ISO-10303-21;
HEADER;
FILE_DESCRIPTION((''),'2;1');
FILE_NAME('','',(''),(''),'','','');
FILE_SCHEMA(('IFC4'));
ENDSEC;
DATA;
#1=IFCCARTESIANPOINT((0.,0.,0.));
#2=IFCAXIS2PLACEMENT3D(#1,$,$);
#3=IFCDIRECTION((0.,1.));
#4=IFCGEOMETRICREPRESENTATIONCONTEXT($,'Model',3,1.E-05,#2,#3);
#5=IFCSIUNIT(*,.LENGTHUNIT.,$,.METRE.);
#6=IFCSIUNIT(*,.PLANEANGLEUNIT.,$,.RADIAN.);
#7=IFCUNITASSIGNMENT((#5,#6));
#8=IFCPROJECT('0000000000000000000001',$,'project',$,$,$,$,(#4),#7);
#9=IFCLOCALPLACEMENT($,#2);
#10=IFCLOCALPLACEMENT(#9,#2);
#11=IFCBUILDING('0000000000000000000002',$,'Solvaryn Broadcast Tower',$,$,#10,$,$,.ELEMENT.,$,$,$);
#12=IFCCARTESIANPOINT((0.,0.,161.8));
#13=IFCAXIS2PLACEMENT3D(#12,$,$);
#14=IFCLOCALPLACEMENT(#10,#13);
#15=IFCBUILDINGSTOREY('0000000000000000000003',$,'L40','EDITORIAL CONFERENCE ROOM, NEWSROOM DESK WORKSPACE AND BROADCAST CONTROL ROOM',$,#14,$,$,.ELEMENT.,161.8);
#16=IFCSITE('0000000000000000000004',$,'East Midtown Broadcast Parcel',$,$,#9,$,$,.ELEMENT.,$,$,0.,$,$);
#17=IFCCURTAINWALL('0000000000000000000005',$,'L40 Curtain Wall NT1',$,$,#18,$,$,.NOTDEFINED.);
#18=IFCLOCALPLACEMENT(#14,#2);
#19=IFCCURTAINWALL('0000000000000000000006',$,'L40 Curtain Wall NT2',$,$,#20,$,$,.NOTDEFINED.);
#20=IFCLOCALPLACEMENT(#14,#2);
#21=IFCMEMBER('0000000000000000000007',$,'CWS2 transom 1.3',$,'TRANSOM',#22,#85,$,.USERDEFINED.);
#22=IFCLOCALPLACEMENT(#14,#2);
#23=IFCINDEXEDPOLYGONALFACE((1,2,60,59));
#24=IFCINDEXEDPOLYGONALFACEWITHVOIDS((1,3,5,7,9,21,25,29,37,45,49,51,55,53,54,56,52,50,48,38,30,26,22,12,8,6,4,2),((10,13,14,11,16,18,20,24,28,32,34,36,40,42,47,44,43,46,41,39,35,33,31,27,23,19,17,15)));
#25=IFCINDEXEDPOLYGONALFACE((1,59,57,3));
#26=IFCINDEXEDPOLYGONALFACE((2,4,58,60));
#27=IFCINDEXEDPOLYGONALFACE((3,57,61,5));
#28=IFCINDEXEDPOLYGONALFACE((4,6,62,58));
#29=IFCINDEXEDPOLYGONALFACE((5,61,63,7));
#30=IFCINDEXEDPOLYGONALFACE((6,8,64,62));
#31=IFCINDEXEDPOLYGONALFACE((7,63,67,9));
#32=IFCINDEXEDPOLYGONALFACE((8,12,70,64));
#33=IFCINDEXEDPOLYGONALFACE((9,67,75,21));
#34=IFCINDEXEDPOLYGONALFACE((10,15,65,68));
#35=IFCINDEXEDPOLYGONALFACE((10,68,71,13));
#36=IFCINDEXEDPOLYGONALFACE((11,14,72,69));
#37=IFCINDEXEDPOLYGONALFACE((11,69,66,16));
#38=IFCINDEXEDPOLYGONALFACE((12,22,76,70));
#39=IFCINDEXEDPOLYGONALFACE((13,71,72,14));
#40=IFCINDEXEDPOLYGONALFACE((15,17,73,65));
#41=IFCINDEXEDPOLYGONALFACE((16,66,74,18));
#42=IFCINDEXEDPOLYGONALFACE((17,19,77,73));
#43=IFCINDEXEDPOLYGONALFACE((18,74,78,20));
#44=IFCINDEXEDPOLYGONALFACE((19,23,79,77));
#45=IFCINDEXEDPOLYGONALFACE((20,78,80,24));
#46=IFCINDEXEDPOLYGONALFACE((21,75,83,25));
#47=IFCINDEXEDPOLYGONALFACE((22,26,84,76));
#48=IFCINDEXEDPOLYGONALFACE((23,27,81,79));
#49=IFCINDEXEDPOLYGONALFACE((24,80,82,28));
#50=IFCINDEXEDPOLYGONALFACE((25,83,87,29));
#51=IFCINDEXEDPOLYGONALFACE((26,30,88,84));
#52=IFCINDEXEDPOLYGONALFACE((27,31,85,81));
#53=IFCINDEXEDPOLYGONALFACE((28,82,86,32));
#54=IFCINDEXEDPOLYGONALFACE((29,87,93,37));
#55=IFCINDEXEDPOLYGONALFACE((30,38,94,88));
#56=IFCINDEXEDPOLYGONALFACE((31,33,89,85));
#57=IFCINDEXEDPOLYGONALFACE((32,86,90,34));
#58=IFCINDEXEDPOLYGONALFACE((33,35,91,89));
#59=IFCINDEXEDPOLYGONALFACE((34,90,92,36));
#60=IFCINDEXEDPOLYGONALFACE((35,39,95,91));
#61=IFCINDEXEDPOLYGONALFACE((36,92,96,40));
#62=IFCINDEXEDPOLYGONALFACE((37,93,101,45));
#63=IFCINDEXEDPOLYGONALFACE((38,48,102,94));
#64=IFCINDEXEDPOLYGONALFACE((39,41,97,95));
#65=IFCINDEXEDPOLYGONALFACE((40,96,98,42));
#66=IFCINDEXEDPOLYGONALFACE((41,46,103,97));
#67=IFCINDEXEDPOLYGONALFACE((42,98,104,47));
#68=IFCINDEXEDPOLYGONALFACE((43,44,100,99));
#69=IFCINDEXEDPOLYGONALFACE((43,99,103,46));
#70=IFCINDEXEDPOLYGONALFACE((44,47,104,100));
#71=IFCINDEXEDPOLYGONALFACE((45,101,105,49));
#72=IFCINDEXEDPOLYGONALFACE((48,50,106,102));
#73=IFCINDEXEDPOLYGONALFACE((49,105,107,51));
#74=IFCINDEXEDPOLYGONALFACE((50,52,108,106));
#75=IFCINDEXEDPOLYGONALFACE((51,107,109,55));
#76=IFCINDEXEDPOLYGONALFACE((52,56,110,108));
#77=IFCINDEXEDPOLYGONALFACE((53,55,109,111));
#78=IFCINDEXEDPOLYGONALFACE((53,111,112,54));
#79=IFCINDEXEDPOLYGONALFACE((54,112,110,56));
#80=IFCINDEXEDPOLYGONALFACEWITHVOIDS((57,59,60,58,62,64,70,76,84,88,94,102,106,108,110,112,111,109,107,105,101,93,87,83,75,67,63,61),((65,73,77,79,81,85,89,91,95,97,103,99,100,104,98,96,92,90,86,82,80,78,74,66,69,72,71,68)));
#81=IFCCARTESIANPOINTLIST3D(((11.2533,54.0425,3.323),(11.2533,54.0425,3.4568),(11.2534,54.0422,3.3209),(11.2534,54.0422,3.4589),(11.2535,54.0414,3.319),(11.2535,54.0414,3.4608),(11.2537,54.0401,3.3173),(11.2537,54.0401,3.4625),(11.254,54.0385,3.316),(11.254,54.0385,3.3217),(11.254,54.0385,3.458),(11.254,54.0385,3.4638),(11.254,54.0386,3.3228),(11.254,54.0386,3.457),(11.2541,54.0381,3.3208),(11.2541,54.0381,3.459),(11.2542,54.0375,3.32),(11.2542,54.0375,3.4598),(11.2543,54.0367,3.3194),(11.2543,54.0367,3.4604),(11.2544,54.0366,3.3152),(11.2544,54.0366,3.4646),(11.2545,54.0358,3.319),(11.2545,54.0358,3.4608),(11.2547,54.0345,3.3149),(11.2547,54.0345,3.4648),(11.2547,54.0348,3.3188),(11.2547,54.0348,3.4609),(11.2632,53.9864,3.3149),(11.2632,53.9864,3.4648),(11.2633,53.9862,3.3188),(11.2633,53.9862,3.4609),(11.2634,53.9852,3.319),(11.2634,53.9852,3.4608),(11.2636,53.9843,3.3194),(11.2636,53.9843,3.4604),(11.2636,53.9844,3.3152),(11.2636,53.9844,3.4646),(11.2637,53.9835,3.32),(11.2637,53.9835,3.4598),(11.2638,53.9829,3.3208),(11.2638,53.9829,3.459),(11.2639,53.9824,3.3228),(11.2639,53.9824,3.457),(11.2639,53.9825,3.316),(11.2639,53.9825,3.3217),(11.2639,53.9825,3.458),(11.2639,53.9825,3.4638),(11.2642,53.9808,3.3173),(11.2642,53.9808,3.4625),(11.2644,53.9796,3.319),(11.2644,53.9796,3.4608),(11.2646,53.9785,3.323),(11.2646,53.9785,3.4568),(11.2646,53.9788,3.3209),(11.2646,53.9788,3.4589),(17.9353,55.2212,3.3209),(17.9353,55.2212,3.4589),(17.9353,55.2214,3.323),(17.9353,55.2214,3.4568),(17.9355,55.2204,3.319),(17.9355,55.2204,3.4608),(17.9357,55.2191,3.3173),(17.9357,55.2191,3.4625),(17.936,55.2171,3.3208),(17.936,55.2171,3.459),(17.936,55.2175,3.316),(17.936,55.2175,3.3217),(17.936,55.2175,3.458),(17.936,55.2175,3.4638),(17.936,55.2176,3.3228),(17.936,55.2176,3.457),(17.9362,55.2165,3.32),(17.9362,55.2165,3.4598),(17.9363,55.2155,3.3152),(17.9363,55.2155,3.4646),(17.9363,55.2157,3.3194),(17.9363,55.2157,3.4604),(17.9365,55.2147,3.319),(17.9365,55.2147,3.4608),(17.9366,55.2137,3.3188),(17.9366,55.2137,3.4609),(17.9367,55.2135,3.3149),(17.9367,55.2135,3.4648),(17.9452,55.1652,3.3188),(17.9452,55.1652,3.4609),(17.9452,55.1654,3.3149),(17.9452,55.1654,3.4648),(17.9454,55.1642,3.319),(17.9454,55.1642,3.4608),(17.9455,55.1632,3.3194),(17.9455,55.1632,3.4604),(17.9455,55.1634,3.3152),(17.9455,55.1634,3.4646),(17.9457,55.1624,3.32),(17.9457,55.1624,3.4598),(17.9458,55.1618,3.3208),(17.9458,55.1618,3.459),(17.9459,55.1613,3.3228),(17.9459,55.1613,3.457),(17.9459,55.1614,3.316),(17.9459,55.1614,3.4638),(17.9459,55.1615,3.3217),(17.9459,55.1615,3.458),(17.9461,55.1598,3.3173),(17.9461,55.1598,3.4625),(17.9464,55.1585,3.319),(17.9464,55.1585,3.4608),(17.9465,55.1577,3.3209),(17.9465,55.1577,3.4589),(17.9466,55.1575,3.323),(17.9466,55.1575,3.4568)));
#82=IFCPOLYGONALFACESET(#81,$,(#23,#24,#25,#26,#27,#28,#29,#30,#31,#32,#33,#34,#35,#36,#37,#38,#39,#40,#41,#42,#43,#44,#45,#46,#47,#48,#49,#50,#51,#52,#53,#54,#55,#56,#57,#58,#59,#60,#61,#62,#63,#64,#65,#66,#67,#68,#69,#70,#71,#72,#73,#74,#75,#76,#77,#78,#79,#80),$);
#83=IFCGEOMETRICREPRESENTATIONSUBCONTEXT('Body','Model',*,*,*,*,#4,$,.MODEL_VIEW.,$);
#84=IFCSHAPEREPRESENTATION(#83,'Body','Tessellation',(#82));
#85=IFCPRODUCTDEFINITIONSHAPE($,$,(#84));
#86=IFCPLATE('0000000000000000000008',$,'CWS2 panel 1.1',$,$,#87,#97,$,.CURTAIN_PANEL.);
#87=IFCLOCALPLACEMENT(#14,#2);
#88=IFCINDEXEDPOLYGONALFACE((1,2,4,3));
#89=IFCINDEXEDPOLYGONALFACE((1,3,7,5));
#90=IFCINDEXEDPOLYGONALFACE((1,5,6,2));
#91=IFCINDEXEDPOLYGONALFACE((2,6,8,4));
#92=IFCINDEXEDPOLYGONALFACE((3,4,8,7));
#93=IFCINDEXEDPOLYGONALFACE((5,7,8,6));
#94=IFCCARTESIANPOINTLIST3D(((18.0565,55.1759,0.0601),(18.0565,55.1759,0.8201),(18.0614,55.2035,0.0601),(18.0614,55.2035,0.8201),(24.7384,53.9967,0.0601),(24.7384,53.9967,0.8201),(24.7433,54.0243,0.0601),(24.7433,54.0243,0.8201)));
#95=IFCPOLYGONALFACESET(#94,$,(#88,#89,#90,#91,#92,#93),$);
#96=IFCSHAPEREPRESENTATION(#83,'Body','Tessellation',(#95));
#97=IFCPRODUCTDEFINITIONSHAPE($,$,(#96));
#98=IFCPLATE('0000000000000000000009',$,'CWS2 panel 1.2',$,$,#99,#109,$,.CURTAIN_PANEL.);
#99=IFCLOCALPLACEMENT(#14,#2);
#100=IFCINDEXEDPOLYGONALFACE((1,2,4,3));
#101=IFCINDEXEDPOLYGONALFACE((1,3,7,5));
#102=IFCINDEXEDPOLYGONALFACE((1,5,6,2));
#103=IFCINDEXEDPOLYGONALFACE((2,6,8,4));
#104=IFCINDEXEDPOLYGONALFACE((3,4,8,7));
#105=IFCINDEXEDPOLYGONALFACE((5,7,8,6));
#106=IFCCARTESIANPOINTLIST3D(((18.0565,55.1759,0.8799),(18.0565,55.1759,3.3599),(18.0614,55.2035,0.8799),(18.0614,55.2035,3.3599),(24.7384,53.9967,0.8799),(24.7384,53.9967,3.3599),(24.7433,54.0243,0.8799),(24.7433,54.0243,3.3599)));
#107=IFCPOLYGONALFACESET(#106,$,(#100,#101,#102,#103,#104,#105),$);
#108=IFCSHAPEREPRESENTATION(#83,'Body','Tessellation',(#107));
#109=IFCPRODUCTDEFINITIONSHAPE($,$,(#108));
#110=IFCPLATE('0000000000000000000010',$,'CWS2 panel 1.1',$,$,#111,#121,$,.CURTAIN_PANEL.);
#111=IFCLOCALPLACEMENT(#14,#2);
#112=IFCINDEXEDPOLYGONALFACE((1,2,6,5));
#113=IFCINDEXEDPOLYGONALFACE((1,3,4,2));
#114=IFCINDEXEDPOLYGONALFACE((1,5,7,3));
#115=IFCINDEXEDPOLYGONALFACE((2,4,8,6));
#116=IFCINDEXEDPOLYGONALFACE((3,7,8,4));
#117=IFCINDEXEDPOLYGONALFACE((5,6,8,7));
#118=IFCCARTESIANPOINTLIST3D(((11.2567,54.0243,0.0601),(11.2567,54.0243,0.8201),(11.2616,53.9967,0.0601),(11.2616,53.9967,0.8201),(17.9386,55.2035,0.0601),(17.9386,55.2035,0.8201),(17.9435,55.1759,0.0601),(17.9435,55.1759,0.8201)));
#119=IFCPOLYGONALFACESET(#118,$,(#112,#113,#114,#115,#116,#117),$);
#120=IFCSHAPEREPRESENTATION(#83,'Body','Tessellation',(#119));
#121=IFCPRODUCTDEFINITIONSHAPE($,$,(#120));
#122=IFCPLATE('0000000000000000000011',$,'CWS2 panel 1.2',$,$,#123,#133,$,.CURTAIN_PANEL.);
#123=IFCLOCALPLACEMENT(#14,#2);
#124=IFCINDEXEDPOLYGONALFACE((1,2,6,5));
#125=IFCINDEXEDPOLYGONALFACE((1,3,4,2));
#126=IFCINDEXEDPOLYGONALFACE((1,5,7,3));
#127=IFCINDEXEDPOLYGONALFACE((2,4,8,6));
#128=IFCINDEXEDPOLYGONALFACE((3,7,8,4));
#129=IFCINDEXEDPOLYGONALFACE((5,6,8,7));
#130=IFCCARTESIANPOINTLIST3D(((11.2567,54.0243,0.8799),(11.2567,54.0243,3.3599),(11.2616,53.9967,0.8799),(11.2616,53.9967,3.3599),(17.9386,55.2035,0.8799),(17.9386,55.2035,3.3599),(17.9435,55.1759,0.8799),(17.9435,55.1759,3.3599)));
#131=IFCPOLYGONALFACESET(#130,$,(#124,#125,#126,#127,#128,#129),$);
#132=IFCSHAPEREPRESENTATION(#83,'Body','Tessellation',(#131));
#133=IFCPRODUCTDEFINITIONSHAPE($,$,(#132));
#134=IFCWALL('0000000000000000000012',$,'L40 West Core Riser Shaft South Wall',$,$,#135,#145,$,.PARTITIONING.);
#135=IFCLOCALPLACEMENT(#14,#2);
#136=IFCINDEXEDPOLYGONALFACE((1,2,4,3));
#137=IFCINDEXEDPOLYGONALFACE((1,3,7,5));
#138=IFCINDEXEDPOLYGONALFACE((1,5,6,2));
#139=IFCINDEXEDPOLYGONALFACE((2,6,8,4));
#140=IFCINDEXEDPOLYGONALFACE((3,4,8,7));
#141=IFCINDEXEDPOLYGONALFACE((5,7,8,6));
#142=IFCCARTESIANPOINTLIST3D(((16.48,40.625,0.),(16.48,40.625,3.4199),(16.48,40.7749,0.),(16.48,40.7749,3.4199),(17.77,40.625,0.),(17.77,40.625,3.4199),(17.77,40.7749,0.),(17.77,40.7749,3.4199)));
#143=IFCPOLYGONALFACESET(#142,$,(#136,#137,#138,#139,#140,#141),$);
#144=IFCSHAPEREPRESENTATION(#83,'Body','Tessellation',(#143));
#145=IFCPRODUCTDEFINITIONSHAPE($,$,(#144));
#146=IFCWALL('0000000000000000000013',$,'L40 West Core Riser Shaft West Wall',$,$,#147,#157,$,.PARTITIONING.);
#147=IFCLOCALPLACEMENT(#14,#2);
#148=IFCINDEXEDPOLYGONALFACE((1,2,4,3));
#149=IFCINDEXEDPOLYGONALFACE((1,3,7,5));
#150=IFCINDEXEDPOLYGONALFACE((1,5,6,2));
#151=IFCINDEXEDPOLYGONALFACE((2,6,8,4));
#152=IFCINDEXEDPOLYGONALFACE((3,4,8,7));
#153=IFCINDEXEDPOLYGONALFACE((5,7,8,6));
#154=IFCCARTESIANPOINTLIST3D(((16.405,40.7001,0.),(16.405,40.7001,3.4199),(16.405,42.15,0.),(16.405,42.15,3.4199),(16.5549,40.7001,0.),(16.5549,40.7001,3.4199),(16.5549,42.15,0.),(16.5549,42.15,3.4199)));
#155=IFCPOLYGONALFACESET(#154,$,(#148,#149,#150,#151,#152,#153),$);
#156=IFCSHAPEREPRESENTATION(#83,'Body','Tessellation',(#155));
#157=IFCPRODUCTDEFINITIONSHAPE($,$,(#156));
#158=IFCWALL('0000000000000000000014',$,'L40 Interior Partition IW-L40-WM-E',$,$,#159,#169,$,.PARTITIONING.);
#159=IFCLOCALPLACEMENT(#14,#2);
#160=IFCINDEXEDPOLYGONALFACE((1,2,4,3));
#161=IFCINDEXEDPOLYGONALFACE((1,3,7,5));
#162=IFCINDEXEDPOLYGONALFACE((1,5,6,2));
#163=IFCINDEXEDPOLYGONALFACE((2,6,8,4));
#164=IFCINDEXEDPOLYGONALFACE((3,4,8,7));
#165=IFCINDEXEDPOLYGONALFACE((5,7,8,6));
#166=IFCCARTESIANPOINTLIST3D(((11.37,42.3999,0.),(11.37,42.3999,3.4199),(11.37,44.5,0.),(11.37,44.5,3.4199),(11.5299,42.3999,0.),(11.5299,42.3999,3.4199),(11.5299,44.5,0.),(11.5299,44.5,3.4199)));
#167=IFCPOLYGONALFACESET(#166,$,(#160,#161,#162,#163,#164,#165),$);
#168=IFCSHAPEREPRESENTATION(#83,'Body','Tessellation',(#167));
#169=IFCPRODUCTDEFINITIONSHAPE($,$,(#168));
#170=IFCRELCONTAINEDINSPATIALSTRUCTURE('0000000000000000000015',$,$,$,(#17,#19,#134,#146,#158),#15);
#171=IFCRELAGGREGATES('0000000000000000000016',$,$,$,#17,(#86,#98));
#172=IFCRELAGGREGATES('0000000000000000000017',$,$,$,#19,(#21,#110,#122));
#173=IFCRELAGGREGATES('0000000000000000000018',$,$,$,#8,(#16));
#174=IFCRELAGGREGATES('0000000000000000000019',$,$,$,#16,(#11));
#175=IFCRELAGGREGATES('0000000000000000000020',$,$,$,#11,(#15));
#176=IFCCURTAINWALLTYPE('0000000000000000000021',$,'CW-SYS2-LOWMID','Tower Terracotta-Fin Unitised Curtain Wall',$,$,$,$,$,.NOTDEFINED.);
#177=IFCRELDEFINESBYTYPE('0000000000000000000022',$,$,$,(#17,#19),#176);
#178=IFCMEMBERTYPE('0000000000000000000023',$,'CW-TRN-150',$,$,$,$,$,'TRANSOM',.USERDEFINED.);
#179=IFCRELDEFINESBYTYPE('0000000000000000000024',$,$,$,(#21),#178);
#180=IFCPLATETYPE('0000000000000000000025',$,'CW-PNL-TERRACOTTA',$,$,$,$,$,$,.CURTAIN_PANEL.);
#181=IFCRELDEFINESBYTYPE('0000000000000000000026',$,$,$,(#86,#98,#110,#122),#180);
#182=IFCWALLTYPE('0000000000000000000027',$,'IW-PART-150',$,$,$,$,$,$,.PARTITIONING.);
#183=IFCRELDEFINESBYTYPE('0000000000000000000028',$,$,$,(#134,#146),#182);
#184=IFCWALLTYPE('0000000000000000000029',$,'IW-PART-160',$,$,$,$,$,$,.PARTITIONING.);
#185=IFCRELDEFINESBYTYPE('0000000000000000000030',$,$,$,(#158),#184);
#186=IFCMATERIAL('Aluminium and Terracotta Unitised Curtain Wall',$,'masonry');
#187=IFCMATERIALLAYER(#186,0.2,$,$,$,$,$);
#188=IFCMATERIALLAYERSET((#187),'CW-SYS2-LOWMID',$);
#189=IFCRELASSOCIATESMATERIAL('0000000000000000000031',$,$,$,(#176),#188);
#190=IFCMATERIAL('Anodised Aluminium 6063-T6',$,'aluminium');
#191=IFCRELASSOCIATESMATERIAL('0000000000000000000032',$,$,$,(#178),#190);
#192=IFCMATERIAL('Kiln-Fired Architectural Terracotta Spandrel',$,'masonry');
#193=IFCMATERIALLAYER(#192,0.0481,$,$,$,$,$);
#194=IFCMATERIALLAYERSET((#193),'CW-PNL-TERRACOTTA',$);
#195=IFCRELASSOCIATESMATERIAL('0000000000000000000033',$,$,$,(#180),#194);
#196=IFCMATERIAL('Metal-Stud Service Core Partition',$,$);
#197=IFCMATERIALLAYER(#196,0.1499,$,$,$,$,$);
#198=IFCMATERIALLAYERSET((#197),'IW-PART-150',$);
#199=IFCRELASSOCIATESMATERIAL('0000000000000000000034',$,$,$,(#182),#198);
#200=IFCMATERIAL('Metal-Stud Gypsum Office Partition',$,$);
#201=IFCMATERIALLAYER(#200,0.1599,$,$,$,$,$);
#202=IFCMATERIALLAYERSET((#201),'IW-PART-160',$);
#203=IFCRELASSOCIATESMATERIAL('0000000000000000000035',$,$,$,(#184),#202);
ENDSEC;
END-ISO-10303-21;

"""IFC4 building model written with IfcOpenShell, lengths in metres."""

from ifc_helpers import new_model, si_unit, direction, frame, frame_2d, origin, origin_2d, place, context, subcontext, project, spatial, rectangle, hollow_rectangle, extrude, material, layer, layer_set, material_profile, profile_set, type_object, element, aggregate, save


model = new_model("IFC4")

# Units and contexts
model_context = context("Model", 3, precision=1e-05, world=origin(), true_north=direction((0.0, 1.0)))
body_context = subcontext(model_context, "Body", "Model", "MODEL_VIEW")
ifc_project = project(units=[si_unit("LENGTHUNIT", "METRE"), si_unit("PLANEANGLEUNIT", "RADIAN")], contexts=[model_context])

# Site, building, storey
site_placement = place(None, origin())
site = spatial("IfcSite", under=ifc_project, at=site_placement, Name="East Midtown Broadcast Parcel", CompositionType="ELEMENT", RefElevation=0.0)
building_placement = place(site_placement, origin())
building = spatial("IfcBuilding", under=site, at=building_placement, Name="Solvaryn Broadcast Tower", CompositionType="ELEMENT")
storey_placement = place(building_placement, frame((0.0, 0.0, 161.8)))
storey = spatial("IfcBuildingStorey", under=building, at=storey_placement, Name="L40", Description="EDITORIAL CONFERENCE ROOM, NEWSROOM DESK WORKSPACE AND BROADCAST CONTROL ROOM", CompositionType="ELEMENT", Elevation=161.8)

# Curtain wall
ifc_material_1 = material(Name="Aluminium and Terracotta Unitised Curtain Wall", Category="masonry")
ifc_layer_1 = layer(ifc_material_1, 0.2)
ifc_layer_set_1 = layer_set([ifc_layer_1], Name="CW-SYS2-LOWMID")
curtain_wall_type = type_object("IfcCurtainWallType", Name="CW-SYS2-LOWMID", Description="Tower Terracotta-Fin Unitised Curtain Wall", PredefinedType="NOTDEFINED", material=ifc_layer_set_1)
curtain_wall_1_placement = place(storey_placement, origin())
curtain_wall_1 = element("IfcCurtainWall", 1, at=curtain_wall_1_placement, inside=storey, type_object=curtain_wall_type, Name="L40 Curtain Wall NT1", PredefinedType="NOTDEFINED")

# Curtain wall, member
curtain_wall_2_placement = place(storey_placement, origin())
curtain_wall_2 = element("IfcCurtainWall", 2, at=curtain_wall_2_placement, inside=storey, type_object=curtain_wall_type, Name="L40 Curtain Wall NT2", PredefinedType="NOTDEFINED")
ifc_material_2 = material(Name="Anodised Aluminium 6063-T6", Category="aluminium")
ifc_material_profile_1 = material_profile(ifc_material_2, hollow_rectangle(XDim=0.0649, YDim=0.1499, WallThickness=0.0039, InnerFilletRadius=0.0039, OuterFilletRadius=0.0081, at=origin_2d()))
ifc_profile_set_1 = profile_set([ifc_material_profile_1], Name="Anodised Aluminium 6063-T6")
member_type_1 = type_object("IfcMemberType", Name="CW-TRN-150", ElementType="TRANSOM", PredefinedType="USERDEFINED", material=ifc_profile_set_1)
member_1_placement = place(storey_placement, frame((17.9409, 55.1895, 3.3899), z_axis=(-0.984789, -0.173757, 0.0), x_axis=(0.173757, -0.984789, 0.0)))
member_1 = element("IfcMember", 3, at=member_1_placement, type_object=member_type_1, Name="CWS2 transom 1.3", ObjectType="TRANSOM", PredefinedType="USERDEFINED", context=body_context, shape_type="SweptSolid", body=[
    extrude(hollow_rectangle(XDim=0.0649, YDim=0.1499, WallThickness=0.0039, InnerFilletRadius=0.0039, OuterFilletRadius=0.0081, at=origin_2d()), origin(), (0.0, 0.0, 1.0), 6.7852),
])

# Plates
ifc_material_3 = material(Name="Kiln-Fired Architectural Terracotta Spandrel", Category="masonry")
ifc_layer_2 = layer(ifc_material_3, 0.0481)
ifc_layer_set_2 = layer_set([ifc_layer_2], Name="CW-PNL-TERRACOTTA")
plate_type = type_object("IfcPlateType", Name="CW-PNL-TERRACOTTA", PredefinedType="CURTAIN_PANEL", material=ifc_layer_set_2)
plate_1_placement = place(storey_placement, frame((21.3999, 54.6001, 0.0601), z_axis=(0.0, 0.0, 1.0), x_axis=(-0.984784, 0.173785, 0.0)))
plate_1 = element("IfcPlate", 4, at=plate_1_placement, type_object=plate_type, Name="CWS2 panel 1.1", PredefinedType="CURTAIN_PANEL", context=body_context, shape_type="SweptSolid", body=[
    extrude(rectangle(XDim=6.7852, YDim=0.0281, at=origin_2d()), origin(), (0.0, 0.0, 1.0), 0.76),
])
plate_2_placement = place(storey_placement, frame((21.3999, 54.6001, 0.8799), z_axis=(0.0, 0.0, 1.0), x_axis=(-0.984784, 0.173785, 0.0)))
plate_2 = element("IfcPlate", 5, at=plate_2_placement, type_object=plate_type, Name="CWS2 panel 1.2", PredefinedType="CURTAIN_PANEL", context=body_context, shape_type="SweptSolid", body=[
    extrude(rectangle(XDim=6.7852, YDim=0.0281, at=origin_2d()), origin(), (0.0, 0.0, 1.0), 2.48),
])
aggregate(curtain_wall_1, [plate_1, plate_2])
plate_3_placement = place(storey_placement, frame((14.6001, 54.6001, 0.0601), z_axis=(0.0, 0.0, 1.0), x_axis=(-0.984784, -0.173785, 0.0)))
plate_3 = element("IfcPlate", 6, at=plate_3_placement, type_object=plate_type, Name="CWS2 panel 1.1", PredefinedType="CURTAIN_PANEL", context=body_context, shape_type="SweptSolid", body=[
    extrude(rectangle(XDim=6.7852, YDim=0.0281, at=origin_2d()), origin(), (0.0, 0.0, 1.0), 0.76),
])
plate_4_placement = place(storey_placement, frame((14.6001, 54.6001, 0.8799), z_axis=(0.0, 0.0, 1.0), x_axis=(-0.984784, -0.173785, 0.0)))
plate_4 = element("IfcPlate", 7, at=plate_4_placement, type_object=plate_type, Name="CWS2 panel 1.2", PredefinedType="CURTAIN_PANEL", context=body_context, shape_type="SweptSolid", body=[
    extrude(rectangle(XDim=6.7852, YDim=0.0281, at=origin_2d()), origin(), (0.0, 0.0, 1.0), 2.48),
])
aggregate(curtain_wall_2, [member_1, plate_3, plate_4])

# Walls
ifc_material_4 = material(Name="Metal-Stud Service Core Partition")
ifc_layer_3 = layer(ifc_material_4, 0.1499)
ifc_layer_set_3 = layer_set([ifc_layer_3], Name="IW-PART-150")
wall_type_1 = type_object("IfcWallType", Name="IW-PART-150", PredefinedType="PARTITIONING", material=ifc_layer_set_3)
wall_1_placement = place(storey_placement, frame((16.48, 40.7, 0.0), z_axis=(0.0, 0.0, 1.0), x_axis=(1.0, 0.0, 0.0)))
element("IfcWall", 8, at=wall_1_placement, inside=storey, type_object=wall_type_1, Name="L40 West Core Riser Shaft South Wall", PredefinedType="PARTITIONING", context=body_context, shape_type="SweptSolid", body=[
    extrude(rectangle(XDim=1.29, YDim=0.1499, at=frame_2d((0.645, 0.0))), origin(), (0.0, 0.0, 1.0), 3.4199),
])
wall_2_placement = place(storey_placement, frame((16.48, 40.7, 0.0), z_axis=(0.0, 0.0, 1.0), x_axis=(0.0, 1.0, 0.0)))
element("IfcWall", 9, at=wall_2_placement, inside=storey, type_object=wall_type_1, Name="L40 West Core Riser Shaft West Wall", PredefinedType="PARTITIONING", context=body_context, shape_type="SweptSolid", body=[
    extrude(rectangle(XDim=1.45, YDim=0.1499, at=frame_2d((0.7251, 0.0))), origin(), (0.0, 0.0, 1.0), 3.4199),
])
ifc_material_5 = material(Name="Metal-Stud Gypsum Office Partition")
ifc_layer_4 = layer(ifc_material_5, 0.1599)
ifc_layer_set_4 = layer_set([ifc_layer_4], Name="IW-PART-160")
wall_type_2 = type_object("IfcWallType", Name="IW-PART-160", PredefinedType="PARTITIONING", material=ifc_layer_set_4)
wall_3_placement = place(storey_placement, frame((11.45, 42.3999, 0.0), z_axis=(0.0, 0.0, 1.0), x_axis=(0.0, 1.0, 0.0)))
element("IfcWall", 10, at=wall_3_placement, inside=storey, type_object=wall_type_2, Name="L40 Interior Partition IW-L40-WM-E", PredefinedType="PARTITIONING", context=body_context, shape_type="SweptSolid", body=[
    extrude(rectangle(XDim=2.1001, YDim=0.1599, at=frame_2d((1.05, 0.0))), origin(), (0.0, 0.0, 1.0), 3.4199),
])

save(model, "model.ifc")
